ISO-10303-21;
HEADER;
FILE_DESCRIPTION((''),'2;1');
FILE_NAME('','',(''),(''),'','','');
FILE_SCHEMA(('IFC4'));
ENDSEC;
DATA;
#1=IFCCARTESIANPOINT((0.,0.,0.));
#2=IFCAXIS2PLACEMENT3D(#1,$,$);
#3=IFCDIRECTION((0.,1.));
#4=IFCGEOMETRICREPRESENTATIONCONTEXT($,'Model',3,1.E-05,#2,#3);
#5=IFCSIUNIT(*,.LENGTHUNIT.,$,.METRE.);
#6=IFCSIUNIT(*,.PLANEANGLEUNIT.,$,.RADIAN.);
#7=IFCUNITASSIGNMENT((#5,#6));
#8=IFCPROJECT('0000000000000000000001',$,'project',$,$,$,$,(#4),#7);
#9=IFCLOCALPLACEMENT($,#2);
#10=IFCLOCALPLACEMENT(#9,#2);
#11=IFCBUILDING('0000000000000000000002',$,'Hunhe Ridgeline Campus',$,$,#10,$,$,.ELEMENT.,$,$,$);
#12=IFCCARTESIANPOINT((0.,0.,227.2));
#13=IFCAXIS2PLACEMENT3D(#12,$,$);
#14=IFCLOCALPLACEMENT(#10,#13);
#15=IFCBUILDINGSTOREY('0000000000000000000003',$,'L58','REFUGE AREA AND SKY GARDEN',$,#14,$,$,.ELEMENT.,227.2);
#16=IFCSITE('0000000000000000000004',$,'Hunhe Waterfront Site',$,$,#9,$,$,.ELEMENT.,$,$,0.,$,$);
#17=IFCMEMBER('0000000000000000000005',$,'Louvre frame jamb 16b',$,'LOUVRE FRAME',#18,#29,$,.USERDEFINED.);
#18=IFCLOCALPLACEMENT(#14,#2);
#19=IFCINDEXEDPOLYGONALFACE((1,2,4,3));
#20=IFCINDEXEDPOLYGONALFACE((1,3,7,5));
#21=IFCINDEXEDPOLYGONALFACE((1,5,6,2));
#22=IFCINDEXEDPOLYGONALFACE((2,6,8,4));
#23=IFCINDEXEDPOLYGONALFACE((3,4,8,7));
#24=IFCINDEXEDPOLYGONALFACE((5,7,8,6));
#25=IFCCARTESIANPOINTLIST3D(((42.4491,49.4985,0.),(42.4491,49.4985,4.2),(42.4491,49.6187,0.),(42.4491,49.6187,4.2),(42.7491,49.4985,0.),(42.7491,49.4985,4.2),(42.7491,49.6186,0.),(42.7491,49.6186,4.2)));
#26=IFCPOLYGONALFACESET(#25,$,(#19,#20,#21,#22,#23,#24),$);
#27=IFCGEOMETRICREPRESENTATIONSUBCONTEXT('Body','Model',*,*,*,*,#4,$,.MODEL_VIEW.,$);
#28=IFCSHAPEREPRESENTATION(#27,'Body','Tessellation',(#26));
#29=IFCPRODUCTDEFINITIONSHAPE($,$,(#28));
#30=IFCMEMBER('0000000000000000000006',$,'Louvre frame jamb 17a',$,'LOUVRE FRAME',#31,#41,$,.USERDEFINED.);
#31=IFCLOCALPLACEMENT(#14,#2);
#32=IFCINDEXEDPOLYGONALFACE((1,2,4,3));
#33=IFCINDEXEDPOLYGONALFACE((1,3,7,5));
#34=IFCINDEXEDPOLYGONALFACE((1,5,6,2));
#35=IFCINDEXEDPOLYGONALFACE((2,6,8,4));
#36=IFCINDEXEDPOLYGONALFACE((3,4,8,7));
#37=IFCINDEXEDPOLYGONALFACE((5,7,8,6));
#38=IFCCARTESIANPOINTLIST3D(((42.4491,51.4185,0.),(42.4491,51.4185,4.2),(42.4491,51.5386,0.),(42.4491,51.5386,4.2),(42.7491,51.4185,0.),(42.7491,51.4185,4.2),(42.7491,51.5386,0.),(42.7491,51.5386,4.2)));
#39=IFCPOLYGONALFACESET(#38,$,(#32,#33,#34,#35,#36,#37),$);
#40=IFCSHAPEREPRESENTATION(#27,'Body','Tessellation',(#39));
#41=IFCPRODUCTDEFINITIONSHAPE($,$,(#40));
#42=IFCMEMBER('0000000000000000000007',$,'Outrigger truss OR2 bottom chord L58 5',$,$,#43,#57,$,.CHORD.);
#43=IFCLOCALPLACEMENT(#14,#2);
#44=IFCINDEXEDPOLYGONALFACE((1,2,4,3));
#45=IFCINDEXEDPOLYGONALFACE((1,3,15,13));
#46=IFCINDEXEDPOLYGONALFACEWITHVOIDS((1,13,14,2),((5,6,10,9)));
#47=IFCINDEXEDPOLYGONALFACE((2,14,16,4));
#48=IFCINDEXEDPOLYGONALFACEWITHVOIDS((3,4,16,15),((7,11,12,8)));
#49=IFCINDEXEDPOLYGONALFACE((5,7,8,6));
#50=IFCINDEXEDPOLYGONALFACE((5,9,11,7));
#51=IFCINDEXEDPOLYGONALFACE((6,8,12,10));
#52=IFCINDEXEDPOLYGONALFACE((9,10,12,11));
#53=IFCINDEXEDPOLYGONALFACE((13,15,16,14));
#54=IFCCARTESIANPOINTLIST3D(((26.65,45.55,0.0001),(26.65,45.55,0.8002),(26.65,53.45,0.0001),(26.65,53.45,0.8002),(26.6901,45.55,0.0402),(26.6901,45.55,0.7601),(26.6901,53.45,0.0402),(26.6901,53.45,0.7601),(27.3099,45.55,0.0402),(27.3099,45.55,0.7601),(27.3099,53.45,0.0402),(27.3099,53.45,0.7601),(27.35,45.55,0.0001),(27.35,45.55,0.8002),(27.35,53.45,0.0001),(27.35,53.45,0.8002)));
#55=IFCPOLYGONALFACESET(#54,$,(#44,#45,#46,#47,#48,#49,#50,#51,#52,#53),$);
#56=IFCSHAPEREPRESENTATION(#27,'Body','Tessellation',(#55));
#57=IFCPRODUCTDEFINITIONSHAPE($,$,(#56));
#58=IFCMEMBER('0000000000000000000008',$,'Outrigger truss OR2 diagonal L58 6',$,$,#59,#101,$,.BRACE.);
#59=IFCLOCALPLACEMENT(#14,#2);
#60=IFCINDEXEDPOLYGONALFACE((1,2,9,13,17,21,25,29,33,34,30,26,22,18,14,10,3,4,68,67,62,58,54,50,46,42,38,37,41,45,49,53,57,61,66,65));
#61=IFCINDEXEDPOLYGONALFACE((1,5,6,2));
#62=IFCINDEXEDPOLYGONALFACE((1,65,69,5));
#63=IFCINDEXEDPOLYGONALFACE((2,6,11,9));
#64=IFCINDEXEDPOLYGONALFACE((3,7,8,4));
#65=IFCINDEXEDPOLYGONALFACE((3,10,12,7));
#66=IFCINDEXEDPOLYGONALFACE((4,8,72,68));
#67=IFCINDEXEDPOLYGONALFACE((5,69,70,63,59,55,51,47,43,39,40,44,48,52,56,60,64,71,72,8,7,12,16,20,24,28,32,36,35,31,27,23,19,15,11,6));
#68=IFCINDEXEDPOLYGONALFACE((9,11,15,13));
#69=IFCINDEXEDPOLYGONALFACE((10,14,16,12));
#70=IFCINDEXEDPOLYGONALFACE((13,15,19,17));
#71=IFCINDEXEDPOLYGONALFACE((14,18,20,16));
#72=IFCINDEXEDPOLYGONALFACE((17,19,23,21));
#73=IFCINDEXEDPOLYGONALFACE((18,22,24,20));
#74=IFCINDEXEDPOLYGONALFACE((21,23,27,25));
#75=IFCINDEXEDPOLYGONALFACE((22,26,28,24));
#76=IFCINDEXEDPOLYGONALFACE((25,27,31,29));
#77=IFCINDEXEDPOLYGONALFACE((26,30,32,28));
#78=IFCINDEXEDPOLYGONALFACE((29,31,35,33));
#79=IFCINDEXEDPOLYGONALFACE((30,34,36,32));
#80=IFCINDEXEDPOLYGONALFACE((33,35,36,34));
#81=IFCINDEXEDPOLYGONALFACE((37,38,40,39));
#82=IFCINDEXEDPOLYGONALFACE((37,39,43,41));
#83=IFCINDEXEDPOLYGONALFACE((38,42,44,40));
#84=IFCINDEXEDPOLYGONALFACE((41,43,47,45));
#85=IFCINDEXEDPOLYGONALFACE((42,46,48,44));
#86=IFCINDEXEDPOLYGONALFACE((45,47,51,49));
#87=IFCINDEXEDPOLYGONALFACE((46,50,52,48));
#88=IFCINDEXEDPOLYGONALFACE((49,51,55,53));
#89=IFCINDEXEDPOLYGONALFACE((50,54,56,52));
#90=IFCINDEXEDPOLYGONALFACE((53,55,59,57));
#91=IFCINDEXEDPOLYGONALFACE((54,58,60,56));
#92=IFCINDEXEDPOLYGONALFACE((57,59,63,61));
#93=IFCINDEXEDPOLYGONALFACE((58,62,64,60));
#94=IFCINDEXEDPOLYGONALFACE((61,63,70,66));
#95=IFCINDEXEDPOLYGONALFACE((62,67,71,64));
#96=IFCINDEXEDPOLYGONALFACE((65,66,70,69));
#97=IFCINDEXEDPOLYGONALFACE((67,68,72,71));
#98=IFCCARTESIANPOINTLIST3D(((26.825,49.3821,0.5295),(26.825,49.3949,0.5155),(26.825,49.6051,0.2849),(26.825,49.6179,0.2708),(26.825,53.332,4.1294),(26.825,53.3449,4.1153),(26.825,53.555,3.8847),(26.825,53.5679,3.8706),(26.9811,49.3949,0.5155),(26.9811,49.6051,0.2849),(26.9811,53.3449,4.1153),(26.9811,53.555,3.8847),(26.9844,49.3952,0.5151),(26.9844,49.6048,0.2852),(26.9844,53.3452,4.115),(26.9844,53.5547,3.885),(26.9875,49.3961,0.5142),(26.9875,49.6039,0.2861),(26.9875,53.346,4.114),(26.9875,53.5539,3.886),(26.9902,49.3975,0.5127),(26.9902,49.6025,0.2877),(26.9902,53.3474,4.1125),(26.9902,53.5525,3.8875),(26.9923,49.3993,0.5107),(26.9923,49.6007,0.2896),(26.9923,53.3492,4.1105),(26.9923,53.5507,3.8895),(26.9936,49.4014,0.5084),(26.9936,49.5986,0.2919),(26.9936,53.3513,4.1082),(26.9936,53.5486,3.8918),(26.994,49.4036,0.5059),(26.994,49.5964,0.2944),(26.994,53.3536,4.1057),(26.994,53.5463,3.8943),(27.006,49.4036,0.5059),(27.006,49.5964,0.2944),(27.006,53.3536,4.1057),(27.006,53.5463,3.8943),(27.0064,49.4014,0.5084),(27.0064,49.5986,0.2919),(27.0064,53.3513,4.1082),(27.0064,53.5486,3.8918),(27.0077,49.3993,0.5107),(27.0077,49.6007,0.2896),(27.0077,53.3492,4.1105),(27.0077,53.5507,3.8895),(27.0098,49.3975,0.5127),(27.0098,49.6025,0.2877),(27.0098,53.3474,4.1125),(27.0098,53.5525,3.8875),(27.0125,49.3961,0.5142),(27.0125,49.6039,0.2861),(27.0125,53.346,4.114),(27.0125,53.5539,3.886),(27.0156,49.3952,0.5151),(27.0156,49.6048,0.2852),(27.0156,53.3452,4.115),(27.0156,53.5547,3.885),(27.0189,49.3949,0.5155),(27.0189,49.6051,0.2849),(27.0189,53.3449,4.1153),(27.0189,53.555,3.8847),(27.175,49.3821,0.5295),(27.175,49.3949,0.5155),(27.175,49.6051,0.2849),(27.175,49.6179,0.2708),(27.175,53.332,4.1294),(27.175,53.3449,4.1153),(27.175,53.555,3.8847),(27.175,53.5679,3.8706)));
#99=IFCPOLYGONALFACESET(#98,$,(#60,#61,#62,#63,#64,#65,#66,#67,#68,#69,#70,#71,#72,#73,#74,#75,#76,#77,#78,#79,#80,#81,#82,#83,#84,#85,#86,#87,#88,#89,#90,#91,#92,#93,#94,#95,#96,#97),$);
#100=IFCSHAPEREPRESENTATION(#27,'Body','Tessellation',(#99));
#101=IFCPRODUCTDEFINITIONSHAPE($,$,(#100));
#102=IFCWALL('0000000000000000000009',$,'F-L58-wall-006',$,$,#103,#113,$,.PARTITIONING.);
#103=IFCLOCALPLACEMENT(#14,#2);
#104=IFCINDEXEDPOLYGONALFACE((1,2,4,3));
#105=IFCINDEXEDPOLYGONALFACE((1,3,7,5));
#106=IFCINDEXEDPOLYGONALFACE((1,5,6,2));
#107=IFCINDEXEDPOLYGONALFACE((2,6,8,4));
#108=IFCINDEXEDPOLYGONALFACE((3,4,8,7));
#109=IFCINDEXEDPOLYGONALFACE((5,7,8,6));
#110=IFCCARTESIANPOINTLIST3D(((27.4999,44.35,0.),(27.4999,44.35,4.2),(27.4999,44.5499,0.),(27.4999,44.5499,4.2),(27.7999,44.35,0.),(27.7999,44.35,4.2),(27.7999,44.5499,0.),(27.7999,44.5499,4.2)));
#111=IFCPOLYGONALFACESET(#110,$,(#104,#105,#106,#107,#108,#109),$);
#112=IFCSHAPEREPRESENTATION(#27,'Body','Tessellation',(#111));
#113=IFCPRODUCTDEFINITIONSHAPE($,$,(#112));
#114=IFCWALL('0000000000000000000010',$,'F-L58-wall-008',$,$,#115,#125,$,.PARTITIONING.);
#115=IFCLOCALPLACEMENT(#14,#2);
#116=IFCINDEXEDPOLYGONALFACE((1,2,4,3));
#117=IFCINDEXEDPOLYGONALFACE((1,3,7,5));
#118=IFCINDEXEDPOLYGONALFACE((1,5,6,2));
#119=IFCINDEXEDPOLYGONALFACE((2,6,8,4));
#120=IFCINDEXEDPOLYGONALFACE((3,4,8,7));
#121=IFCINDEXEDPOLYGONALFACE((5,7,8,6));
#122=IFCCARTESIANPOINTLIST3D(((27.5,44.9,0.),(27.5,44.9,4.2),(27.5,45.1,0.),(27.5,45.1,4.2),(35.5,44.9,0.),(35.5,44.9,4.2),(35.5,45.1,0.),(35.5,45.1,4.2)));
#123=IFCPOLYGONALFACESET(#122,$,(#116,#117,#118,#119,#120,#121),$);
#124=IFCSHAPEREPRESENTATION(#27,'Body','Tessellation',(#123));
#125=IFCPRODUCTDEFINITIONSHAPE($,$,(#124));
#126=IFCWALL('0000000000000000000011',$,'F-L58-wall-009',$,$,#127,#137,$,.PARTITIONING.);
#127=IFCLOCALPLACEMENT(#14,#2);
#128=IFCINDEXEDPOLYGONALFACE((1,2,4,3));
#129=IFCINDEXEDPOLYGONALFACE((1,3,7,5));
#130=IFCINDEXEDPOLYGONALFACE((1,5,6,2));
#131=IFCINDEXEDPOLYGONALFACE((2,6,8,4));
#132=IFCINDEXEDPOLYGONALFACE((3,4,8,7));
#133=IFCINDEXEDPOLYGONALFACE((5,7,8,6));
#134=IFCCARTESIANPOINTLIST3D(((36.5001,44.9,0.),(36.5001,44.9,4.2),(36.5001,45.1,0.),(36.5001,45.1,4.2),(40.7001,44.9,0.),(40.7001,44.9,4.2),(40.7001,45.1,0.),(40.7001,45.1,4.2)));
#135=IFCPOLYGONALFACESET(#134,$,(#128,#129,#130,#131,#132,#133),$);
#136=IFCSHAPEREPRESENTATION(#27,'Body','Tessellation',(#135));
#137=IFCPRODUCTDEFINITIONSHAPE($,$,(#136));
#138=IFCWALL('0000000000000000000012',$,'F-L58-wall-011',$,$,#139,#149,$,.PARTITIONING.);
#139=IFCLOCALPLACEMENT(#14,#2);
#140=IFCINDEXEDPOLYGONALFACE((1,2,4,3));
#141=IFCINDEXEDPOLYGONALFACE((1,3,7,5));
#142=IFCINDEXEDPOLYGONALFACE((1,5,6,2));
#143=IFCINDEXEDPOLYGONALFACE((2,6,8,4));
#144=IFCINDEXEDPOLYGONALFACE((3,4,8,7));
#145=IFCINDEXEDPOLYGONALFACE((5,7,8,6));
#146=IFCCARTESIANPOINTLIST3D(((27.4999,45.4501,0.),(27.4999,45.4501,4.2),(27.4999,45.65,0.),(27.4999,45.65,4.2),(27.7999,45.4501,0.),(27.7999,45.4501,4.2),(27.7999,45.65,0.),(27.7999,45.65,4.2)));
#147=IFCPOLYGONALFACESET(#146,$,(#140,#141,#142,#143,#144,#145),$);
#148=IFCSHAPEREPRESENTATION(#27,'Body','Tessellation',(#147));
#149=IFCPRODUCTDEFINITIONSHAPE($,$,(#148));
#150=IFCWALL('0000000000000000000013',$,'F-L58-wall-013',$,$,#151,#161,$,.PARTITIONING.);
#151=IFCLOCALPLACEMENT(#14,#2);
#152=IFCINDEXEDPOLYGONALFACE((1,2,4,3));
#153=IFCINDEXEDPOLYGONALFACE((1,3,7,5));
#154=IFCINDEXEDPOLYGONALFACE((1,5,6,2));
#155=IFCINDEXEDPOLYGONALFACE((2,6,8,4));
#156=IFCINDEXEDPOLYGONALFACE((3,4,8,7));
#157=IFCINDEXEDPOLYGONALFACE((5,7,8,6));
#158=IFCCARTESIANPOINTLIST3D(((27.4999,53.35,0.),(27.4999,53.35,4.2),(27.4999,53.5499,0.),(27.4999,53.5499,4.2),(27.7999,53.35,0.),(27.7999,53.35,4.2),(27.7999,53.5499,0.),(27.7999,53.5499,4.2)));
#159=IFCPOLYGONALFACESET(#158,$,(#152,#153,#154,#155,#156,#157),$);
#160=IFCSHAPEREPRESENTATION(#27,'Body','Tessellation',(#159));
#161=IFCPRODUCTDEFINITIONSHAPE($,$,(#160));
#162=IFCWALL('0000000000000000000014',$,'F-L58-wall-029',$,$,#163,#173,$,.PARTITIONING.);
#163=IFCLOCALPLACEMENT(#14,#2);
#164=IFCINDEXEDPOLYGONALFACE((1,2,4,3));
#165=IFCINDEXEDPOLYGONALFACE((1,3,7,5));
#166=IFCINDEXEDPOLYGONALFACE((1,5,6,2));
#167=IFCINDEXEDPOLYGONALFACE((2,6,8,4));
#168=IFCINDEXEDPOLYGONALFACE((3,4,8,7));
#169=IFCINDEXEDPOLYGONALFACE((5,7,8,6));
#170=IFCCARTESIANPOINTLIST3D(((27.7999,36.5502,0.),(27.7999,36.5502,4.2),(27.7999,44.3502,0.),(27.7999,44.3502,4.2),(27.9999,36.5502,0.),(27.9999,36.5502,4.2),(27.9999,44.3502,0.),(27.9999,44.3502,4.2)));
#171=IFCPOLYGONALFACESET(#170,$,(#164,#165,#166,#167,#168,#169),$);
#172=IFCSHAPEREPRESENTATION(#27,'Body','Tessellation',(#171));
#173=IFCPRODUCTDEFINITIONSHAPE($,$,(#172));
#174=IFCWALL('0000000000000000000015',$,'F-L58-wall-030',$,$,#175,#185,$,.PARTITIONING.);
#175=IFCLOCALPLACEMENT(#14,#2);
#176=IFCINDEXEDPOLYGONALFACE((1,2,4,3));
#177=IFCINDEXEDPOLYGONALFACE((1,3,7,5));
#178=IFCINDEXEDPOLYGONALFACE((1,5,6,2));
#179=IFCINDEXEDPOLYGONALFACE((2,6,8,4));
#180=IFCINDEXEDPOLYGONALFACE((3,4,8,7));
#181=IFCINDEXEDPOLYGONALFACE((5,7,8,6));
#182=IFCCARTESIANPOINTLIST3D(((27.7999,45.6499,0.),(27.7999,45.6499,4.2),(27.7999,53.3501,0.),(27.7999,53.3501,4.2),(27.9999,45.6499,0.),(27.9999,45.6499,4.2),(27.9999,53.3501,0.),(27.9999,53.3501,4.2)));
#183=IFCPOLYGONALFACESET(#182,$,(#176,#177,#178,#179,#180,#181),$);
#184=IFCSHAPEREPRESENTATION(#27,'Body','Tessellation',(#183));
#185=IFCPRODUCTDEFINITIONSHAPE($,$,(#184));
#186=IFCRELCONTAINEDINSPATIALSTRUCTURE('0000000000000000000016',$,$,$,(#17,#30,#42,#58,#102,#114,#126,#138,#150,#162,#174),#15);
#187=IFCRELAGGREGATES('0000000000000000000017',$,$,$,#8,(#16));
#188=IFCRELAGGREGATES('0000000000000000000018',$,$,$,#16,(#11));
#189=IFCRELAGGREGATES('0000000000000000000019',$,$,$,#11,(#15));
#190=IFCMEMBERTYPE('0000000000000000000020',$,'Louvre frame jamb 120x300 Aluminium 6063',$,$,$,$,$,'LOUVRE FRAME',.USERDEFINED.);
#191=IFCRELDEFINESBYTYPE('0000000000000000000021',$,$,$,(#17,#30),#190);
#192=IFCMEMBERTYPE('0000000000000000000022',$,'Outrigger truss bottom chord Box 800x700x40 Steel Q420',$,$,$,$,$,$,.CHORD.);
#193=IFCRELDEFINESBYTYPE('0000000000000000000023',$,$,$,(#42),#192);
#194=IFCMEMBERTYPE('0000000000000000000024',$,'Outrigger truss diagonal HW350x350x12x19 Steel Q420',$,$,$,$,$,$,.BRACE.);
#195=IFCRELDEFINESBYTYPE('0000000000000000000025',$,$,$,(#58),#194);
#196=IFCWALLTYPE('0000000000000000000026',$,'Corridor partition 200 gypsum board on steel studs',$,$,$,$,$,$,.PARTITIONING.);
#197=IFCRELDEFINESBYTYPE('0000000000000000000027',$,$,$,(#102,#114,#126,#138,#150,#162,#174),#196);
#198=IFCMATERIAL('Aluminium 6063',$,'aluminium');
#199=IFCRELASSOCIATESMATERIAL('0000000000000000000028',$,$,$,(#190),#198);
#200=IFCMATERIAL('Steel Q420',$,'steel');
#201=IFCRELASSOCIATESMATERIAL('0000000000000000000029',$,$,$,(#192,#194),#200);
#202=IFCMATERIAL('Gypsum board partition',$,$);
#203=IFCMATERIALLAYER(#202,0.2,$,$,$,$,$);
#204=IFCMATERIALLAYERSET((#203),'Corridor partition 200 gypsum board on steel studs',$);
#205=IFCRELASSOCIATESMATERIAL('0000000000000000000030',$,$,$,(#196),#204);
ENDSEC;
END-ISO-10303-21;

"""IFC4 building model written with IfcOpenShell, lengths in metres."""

from ifc_helpers import new_model, si_unit, direction, frame, frame_2d, origin, origin_2d, place, context, subcontext, project, spatial, rectangle, hollow_rectangle, i_section, extrude, material, layer, layer_set, material_profile, profile_set, type_object, element, save


model = new_model("IFC4")

# Units and contexts
model_context = context("Model", 3, precision=1e-05, world=origin(), true_north=direction((0.0, 1.0)))
body_context = subcontext(model_context, "Body", "Model", "MODEL_VIEW")
ifc_project = project(units=[si_unit("LENGTHUNIT", "METRE"), si_unit("PLANEANGLEUNIT", "RADIAN")], contexts=[model_context])

# Site, building, storey
site_placement = place(None, origin())
site = spatial("IfcSite", under=ifc_project, at=site_placement, Name="Hunhe Waterfront Site", CompositionType="ELEMENT", RefElevation=0.0)
building_placement = place(site_placement, origin())
building = spatial("IfcBuilding", under=site, at=building_placement, Name="Hunhe Ridgeline Campus", CompositionType="ELEMENT")
storey_placement = place(building_placement, frame((0.0, 0.0, 227.2)))
storey = spatial("IfcBuildingStorey", under=building, at=storey_placement, Name="L58", Description="REFUGE AREA AND SKY GARDEN", CompositionType="ELEMENT", Elevation=227.2)

# Members
ifc_material_1 = material(Name="Steel Q420", Category="steel")
ifc_material_2 = material(Name="Aluminium 6063", Category="aluminium")
ifc_material_profile_1 = material_profile(ifc_material_2, rectangle(XDim=0.3, YDim=0.1201, at=origin_2d()))
ifc_profile_set_1 = profile_set([ifc_material_profile_1], Name="Aluminium 6063")
member_type_1 = type_object("IfcMemberType", Name="Louvre frame jamb 120x300 Aluminium 6063", ElementType="LOUVRE FRAME", PredefinedType="USERDEFINED", material=ifc_profile_set_1)
for number, where, z_axis, x_axis, name in (
    (1, (42.5991, 49.5586, 0.0), (0.0, 0.0, 1.0), (-1.0, 0.000019, 0.0), "Louvre frame jamb 16b"),
    (2, (42.5991, 51.4785, 0.0), (0.0, 0.0, 1.0), (-1.0, 0.000019, 0.0), "Louvre frame jamb 17a"),
):
    element("IfcMember", number, at=place(storey_placement, frame(where, z_axis=z_axis, x_axis=x_axis)), inside=storey, type_object=member_type_1, Name=name, ObjectType="LOUVRE FRAME", PredefinedType="USERDEFINED", context=body_context, shape_type="SweptSolid", body=[
        extrude(rectangle(XDim=0.3, YDim=0.1201, at=origin_2d()), origin(), (0.0, 0.0, 1.0), 4.2),
    ])
ifc_material_profile_2 = material_profile(ifc_material_1, hollow_rectangle(XDim=0.7, YDim=0.8, WallThickness=0.04, at=origin_2d()))
ifc_profile_set_2 = profile_set([ifc_material_profile_2], Name="Steel Q420")
member_type_2 = type_object("IfcMemberType", Name="Outrigger truss bottom chord Box 800x700x40 Steel Q420", PredefinedType="CHORD", material=ifc_profile_set_2)
member_1_placement = place(storey_placement, frame((27.0, 53.45, 0.4001), z_axis=(0.0, -1.0, 0.0), x_axis=(1.0, 0.0, 0.0)))
element("IfcMember", 3, at=member_1_placement, inside=storey, type_object=member_type_2, Name="Outrigger truss OR2 bottom chord L58 5", PredefinedType="CHORD", context=body_context, shape_type="SweptSolid", body=[
    extrude(hollow_rectangle(XDim=0.7, YDim=0.8, WallThickness=0.04, at=origin_2d()), origin(), (0.0, 0.0, 1.0), 7.8999),
])
ifc_material_profile_3 = material_profile(ifc_material_1, i_section(OverallWidth=0.3501, OverallDepth=0.3501, WebThickness=0.012, FlangeThickness=0.019, FilletRadius=0.0129, at=origin_2d()))
ifc_profile_set_3 = profile_set([ifc_material_profile_3], Name="Steel Q420")
member_type_3 = type_object("IfcMemberType", Name="Outrigger truss diagonal HW350x350x12x19 Steel Q420", PredefinedType="BRACE", material=ifc_profile_set_3)
member_2_placement = place(storey_placement, frame((27.0, 53.45, 4.0), z_axis=(0.0, -0.739102, -0.673593), x_axis=(1.0, 0.0, 0.0)))
element("IfcMember", 4, at=member_2_placement, inside=storey, type_object=member_type_3, Name="Outrigger truss OR2 diagonal L58 6", PredefinedType="BRACE", context=body_context, shape_type="SweptSolid", body=[
    extrude(i_section(OverallWidth=0.3501, OverallDepth=0.3501, WebThickness=0.012, FlangeThickness=0.019, FilletRadius=0.0129, at=origin_2d()), origin(), (0.0, 0.0, 1.0), 5.3442),
])

# Walls
ifc_material_3 = material(Name="Gypsum board partition")
ifc_layer_1 = layer(ifc_material_3, 0.2)
ifc_layer_set_1 = layer_set([ifc_layer_1], Name="Corridor partition 200 gypsum board on steel studs")
wall_type_1 = type_object("IfcWallType", Name="Corridor partition 200 gypsum board on steel studs", PredefinedType="PARTITIONING", material=ifc_layer_set_1)
wall_1_placement = place(storey_placement, frame((27.5, 44.45, 0.0), z_axis=(0.0, 0.0, 1.0), x_axis=(1.0, 0.0, 0.0)))
element("IfcWall", 5, at=wall_1_placement, inside=storey, type_object=wall_type_1, Name="F-L58-wall-006", PredefinedType="PARTITIONING", context=body_context, shape_type="SweptSolid", body=[
    extrude(rectangle(XDim=0.3, YDim=0.2, at=frame_2d((0.1499, 0.0))), origin(), (0.0, 0.0, 1.0), 4.2),
])
wall_2_placement = place(storey_placement, frame((27.5, 45.0, 0.0), z_axis=(0.0, 0.0, 1.0), x_axis=(1.0, 0.0, 0.0)))
element("IfcWall", 6, at=wall_2_placement, inside=storey, type_object=wall_type_1, Name="F-L58-wall-008", PredefinedType="PARTITIONING", context=body_context, shape_type="SweptSolid", body=[
    extrude(rectangle(XDim=8.0, YDim=0.2, at=frame_2d((4.0, 0.0))), origin(), (0.0, 0.0, 1.0), 4.2),
])
wall_3_placement = place(storey_placement, frame((36.5, 45.0, 0.0), z_axis=(0.0, 0.0, 1.0), x_axis=(1.0, 0.0, 0.0)))
element("IfcWall", 7, at=wall_3_placement, inside=storey, type_object=wall_type_1, Name="F-L58-wall-009", PredefinedType="PARTITIONING", context=body_context, shape_type="SweptSolid", body=[
    extrude(rectangle(XDim=4.2, YDim=0.2, at=frame_2d((2.1001, 0.0))), origin(), (0.0, 0.0, 1.0), 4.2),
])
for number, where, z_axis, x_axis, name in (
    (8, (27.5, 45.55, 0.0), (0.0, 0.0, 1.0), (1.0, 0.0, 0.0), "F-L58-wall-011"),
    (9, (27.5, 53.45, 0.0), (0.0, 0.0, 1.0), (1.0, 0.0, 0.0), "F-L58-wall-013"),
):
    element("IfcWall", number, at=place(storey_placement, frame(where, z_axis=z_axis, x_axis=x_axis)), inside=storey, type_object=wall_type_1, Name=name, PredefinedType="PARTITIONING", context=body_context, shape_type="SweptSolid", body=[
        extrude(rectangle(XDim=0.3, YDim=0.2, at=frame_2d((0.1499, 0.0))), origin(), (0.0, 0.0, 1.0), 4.2),
    ])
wall_4_placement = place(storey_placement, frame((27.8999, 44.3501, 0.0), z_axis=(0.0, 0.0, 1.0), x_axis=(0.0, -1.0, 0.0)))
element("IfcWall", 10, at=wall_4_placement, inside=storey, type_object=wall_type_1, Name="F-L58-wall-029", PredefinedType="PARTITIONING", context=body_context, shape_type="SweptSolid", body=[
    extrude(rectangle(XDim=7.8, YDim=0.2, at=frame_2d((3.8999, 0.0))), origin(), (0.0, 0.0, 1.0), 4.2),
])
wall_5_placement = place(storey_placement, frame((27.8999, 53.3501, 0.0), z_axis=(0.0, 0.0, 1.0), x_axis=(0.0, -1.0, 0.0)))
element("IfcWall", 11, at=wall_5_placement, inside=storey, type_object=wall_type_1, Name="F-L58-wall-030", PredefinedType="PARTITIONING", context=body_context, shape_type="SweptSolid", body=[
    extrude(rectangle(XDim=7.7002, YDim=0.2, at=frame_2d((3.8501, 0.0))), origin(), (0.0, 0.0, 1.0), 4.2),
])

save(model, "model.ifc")
